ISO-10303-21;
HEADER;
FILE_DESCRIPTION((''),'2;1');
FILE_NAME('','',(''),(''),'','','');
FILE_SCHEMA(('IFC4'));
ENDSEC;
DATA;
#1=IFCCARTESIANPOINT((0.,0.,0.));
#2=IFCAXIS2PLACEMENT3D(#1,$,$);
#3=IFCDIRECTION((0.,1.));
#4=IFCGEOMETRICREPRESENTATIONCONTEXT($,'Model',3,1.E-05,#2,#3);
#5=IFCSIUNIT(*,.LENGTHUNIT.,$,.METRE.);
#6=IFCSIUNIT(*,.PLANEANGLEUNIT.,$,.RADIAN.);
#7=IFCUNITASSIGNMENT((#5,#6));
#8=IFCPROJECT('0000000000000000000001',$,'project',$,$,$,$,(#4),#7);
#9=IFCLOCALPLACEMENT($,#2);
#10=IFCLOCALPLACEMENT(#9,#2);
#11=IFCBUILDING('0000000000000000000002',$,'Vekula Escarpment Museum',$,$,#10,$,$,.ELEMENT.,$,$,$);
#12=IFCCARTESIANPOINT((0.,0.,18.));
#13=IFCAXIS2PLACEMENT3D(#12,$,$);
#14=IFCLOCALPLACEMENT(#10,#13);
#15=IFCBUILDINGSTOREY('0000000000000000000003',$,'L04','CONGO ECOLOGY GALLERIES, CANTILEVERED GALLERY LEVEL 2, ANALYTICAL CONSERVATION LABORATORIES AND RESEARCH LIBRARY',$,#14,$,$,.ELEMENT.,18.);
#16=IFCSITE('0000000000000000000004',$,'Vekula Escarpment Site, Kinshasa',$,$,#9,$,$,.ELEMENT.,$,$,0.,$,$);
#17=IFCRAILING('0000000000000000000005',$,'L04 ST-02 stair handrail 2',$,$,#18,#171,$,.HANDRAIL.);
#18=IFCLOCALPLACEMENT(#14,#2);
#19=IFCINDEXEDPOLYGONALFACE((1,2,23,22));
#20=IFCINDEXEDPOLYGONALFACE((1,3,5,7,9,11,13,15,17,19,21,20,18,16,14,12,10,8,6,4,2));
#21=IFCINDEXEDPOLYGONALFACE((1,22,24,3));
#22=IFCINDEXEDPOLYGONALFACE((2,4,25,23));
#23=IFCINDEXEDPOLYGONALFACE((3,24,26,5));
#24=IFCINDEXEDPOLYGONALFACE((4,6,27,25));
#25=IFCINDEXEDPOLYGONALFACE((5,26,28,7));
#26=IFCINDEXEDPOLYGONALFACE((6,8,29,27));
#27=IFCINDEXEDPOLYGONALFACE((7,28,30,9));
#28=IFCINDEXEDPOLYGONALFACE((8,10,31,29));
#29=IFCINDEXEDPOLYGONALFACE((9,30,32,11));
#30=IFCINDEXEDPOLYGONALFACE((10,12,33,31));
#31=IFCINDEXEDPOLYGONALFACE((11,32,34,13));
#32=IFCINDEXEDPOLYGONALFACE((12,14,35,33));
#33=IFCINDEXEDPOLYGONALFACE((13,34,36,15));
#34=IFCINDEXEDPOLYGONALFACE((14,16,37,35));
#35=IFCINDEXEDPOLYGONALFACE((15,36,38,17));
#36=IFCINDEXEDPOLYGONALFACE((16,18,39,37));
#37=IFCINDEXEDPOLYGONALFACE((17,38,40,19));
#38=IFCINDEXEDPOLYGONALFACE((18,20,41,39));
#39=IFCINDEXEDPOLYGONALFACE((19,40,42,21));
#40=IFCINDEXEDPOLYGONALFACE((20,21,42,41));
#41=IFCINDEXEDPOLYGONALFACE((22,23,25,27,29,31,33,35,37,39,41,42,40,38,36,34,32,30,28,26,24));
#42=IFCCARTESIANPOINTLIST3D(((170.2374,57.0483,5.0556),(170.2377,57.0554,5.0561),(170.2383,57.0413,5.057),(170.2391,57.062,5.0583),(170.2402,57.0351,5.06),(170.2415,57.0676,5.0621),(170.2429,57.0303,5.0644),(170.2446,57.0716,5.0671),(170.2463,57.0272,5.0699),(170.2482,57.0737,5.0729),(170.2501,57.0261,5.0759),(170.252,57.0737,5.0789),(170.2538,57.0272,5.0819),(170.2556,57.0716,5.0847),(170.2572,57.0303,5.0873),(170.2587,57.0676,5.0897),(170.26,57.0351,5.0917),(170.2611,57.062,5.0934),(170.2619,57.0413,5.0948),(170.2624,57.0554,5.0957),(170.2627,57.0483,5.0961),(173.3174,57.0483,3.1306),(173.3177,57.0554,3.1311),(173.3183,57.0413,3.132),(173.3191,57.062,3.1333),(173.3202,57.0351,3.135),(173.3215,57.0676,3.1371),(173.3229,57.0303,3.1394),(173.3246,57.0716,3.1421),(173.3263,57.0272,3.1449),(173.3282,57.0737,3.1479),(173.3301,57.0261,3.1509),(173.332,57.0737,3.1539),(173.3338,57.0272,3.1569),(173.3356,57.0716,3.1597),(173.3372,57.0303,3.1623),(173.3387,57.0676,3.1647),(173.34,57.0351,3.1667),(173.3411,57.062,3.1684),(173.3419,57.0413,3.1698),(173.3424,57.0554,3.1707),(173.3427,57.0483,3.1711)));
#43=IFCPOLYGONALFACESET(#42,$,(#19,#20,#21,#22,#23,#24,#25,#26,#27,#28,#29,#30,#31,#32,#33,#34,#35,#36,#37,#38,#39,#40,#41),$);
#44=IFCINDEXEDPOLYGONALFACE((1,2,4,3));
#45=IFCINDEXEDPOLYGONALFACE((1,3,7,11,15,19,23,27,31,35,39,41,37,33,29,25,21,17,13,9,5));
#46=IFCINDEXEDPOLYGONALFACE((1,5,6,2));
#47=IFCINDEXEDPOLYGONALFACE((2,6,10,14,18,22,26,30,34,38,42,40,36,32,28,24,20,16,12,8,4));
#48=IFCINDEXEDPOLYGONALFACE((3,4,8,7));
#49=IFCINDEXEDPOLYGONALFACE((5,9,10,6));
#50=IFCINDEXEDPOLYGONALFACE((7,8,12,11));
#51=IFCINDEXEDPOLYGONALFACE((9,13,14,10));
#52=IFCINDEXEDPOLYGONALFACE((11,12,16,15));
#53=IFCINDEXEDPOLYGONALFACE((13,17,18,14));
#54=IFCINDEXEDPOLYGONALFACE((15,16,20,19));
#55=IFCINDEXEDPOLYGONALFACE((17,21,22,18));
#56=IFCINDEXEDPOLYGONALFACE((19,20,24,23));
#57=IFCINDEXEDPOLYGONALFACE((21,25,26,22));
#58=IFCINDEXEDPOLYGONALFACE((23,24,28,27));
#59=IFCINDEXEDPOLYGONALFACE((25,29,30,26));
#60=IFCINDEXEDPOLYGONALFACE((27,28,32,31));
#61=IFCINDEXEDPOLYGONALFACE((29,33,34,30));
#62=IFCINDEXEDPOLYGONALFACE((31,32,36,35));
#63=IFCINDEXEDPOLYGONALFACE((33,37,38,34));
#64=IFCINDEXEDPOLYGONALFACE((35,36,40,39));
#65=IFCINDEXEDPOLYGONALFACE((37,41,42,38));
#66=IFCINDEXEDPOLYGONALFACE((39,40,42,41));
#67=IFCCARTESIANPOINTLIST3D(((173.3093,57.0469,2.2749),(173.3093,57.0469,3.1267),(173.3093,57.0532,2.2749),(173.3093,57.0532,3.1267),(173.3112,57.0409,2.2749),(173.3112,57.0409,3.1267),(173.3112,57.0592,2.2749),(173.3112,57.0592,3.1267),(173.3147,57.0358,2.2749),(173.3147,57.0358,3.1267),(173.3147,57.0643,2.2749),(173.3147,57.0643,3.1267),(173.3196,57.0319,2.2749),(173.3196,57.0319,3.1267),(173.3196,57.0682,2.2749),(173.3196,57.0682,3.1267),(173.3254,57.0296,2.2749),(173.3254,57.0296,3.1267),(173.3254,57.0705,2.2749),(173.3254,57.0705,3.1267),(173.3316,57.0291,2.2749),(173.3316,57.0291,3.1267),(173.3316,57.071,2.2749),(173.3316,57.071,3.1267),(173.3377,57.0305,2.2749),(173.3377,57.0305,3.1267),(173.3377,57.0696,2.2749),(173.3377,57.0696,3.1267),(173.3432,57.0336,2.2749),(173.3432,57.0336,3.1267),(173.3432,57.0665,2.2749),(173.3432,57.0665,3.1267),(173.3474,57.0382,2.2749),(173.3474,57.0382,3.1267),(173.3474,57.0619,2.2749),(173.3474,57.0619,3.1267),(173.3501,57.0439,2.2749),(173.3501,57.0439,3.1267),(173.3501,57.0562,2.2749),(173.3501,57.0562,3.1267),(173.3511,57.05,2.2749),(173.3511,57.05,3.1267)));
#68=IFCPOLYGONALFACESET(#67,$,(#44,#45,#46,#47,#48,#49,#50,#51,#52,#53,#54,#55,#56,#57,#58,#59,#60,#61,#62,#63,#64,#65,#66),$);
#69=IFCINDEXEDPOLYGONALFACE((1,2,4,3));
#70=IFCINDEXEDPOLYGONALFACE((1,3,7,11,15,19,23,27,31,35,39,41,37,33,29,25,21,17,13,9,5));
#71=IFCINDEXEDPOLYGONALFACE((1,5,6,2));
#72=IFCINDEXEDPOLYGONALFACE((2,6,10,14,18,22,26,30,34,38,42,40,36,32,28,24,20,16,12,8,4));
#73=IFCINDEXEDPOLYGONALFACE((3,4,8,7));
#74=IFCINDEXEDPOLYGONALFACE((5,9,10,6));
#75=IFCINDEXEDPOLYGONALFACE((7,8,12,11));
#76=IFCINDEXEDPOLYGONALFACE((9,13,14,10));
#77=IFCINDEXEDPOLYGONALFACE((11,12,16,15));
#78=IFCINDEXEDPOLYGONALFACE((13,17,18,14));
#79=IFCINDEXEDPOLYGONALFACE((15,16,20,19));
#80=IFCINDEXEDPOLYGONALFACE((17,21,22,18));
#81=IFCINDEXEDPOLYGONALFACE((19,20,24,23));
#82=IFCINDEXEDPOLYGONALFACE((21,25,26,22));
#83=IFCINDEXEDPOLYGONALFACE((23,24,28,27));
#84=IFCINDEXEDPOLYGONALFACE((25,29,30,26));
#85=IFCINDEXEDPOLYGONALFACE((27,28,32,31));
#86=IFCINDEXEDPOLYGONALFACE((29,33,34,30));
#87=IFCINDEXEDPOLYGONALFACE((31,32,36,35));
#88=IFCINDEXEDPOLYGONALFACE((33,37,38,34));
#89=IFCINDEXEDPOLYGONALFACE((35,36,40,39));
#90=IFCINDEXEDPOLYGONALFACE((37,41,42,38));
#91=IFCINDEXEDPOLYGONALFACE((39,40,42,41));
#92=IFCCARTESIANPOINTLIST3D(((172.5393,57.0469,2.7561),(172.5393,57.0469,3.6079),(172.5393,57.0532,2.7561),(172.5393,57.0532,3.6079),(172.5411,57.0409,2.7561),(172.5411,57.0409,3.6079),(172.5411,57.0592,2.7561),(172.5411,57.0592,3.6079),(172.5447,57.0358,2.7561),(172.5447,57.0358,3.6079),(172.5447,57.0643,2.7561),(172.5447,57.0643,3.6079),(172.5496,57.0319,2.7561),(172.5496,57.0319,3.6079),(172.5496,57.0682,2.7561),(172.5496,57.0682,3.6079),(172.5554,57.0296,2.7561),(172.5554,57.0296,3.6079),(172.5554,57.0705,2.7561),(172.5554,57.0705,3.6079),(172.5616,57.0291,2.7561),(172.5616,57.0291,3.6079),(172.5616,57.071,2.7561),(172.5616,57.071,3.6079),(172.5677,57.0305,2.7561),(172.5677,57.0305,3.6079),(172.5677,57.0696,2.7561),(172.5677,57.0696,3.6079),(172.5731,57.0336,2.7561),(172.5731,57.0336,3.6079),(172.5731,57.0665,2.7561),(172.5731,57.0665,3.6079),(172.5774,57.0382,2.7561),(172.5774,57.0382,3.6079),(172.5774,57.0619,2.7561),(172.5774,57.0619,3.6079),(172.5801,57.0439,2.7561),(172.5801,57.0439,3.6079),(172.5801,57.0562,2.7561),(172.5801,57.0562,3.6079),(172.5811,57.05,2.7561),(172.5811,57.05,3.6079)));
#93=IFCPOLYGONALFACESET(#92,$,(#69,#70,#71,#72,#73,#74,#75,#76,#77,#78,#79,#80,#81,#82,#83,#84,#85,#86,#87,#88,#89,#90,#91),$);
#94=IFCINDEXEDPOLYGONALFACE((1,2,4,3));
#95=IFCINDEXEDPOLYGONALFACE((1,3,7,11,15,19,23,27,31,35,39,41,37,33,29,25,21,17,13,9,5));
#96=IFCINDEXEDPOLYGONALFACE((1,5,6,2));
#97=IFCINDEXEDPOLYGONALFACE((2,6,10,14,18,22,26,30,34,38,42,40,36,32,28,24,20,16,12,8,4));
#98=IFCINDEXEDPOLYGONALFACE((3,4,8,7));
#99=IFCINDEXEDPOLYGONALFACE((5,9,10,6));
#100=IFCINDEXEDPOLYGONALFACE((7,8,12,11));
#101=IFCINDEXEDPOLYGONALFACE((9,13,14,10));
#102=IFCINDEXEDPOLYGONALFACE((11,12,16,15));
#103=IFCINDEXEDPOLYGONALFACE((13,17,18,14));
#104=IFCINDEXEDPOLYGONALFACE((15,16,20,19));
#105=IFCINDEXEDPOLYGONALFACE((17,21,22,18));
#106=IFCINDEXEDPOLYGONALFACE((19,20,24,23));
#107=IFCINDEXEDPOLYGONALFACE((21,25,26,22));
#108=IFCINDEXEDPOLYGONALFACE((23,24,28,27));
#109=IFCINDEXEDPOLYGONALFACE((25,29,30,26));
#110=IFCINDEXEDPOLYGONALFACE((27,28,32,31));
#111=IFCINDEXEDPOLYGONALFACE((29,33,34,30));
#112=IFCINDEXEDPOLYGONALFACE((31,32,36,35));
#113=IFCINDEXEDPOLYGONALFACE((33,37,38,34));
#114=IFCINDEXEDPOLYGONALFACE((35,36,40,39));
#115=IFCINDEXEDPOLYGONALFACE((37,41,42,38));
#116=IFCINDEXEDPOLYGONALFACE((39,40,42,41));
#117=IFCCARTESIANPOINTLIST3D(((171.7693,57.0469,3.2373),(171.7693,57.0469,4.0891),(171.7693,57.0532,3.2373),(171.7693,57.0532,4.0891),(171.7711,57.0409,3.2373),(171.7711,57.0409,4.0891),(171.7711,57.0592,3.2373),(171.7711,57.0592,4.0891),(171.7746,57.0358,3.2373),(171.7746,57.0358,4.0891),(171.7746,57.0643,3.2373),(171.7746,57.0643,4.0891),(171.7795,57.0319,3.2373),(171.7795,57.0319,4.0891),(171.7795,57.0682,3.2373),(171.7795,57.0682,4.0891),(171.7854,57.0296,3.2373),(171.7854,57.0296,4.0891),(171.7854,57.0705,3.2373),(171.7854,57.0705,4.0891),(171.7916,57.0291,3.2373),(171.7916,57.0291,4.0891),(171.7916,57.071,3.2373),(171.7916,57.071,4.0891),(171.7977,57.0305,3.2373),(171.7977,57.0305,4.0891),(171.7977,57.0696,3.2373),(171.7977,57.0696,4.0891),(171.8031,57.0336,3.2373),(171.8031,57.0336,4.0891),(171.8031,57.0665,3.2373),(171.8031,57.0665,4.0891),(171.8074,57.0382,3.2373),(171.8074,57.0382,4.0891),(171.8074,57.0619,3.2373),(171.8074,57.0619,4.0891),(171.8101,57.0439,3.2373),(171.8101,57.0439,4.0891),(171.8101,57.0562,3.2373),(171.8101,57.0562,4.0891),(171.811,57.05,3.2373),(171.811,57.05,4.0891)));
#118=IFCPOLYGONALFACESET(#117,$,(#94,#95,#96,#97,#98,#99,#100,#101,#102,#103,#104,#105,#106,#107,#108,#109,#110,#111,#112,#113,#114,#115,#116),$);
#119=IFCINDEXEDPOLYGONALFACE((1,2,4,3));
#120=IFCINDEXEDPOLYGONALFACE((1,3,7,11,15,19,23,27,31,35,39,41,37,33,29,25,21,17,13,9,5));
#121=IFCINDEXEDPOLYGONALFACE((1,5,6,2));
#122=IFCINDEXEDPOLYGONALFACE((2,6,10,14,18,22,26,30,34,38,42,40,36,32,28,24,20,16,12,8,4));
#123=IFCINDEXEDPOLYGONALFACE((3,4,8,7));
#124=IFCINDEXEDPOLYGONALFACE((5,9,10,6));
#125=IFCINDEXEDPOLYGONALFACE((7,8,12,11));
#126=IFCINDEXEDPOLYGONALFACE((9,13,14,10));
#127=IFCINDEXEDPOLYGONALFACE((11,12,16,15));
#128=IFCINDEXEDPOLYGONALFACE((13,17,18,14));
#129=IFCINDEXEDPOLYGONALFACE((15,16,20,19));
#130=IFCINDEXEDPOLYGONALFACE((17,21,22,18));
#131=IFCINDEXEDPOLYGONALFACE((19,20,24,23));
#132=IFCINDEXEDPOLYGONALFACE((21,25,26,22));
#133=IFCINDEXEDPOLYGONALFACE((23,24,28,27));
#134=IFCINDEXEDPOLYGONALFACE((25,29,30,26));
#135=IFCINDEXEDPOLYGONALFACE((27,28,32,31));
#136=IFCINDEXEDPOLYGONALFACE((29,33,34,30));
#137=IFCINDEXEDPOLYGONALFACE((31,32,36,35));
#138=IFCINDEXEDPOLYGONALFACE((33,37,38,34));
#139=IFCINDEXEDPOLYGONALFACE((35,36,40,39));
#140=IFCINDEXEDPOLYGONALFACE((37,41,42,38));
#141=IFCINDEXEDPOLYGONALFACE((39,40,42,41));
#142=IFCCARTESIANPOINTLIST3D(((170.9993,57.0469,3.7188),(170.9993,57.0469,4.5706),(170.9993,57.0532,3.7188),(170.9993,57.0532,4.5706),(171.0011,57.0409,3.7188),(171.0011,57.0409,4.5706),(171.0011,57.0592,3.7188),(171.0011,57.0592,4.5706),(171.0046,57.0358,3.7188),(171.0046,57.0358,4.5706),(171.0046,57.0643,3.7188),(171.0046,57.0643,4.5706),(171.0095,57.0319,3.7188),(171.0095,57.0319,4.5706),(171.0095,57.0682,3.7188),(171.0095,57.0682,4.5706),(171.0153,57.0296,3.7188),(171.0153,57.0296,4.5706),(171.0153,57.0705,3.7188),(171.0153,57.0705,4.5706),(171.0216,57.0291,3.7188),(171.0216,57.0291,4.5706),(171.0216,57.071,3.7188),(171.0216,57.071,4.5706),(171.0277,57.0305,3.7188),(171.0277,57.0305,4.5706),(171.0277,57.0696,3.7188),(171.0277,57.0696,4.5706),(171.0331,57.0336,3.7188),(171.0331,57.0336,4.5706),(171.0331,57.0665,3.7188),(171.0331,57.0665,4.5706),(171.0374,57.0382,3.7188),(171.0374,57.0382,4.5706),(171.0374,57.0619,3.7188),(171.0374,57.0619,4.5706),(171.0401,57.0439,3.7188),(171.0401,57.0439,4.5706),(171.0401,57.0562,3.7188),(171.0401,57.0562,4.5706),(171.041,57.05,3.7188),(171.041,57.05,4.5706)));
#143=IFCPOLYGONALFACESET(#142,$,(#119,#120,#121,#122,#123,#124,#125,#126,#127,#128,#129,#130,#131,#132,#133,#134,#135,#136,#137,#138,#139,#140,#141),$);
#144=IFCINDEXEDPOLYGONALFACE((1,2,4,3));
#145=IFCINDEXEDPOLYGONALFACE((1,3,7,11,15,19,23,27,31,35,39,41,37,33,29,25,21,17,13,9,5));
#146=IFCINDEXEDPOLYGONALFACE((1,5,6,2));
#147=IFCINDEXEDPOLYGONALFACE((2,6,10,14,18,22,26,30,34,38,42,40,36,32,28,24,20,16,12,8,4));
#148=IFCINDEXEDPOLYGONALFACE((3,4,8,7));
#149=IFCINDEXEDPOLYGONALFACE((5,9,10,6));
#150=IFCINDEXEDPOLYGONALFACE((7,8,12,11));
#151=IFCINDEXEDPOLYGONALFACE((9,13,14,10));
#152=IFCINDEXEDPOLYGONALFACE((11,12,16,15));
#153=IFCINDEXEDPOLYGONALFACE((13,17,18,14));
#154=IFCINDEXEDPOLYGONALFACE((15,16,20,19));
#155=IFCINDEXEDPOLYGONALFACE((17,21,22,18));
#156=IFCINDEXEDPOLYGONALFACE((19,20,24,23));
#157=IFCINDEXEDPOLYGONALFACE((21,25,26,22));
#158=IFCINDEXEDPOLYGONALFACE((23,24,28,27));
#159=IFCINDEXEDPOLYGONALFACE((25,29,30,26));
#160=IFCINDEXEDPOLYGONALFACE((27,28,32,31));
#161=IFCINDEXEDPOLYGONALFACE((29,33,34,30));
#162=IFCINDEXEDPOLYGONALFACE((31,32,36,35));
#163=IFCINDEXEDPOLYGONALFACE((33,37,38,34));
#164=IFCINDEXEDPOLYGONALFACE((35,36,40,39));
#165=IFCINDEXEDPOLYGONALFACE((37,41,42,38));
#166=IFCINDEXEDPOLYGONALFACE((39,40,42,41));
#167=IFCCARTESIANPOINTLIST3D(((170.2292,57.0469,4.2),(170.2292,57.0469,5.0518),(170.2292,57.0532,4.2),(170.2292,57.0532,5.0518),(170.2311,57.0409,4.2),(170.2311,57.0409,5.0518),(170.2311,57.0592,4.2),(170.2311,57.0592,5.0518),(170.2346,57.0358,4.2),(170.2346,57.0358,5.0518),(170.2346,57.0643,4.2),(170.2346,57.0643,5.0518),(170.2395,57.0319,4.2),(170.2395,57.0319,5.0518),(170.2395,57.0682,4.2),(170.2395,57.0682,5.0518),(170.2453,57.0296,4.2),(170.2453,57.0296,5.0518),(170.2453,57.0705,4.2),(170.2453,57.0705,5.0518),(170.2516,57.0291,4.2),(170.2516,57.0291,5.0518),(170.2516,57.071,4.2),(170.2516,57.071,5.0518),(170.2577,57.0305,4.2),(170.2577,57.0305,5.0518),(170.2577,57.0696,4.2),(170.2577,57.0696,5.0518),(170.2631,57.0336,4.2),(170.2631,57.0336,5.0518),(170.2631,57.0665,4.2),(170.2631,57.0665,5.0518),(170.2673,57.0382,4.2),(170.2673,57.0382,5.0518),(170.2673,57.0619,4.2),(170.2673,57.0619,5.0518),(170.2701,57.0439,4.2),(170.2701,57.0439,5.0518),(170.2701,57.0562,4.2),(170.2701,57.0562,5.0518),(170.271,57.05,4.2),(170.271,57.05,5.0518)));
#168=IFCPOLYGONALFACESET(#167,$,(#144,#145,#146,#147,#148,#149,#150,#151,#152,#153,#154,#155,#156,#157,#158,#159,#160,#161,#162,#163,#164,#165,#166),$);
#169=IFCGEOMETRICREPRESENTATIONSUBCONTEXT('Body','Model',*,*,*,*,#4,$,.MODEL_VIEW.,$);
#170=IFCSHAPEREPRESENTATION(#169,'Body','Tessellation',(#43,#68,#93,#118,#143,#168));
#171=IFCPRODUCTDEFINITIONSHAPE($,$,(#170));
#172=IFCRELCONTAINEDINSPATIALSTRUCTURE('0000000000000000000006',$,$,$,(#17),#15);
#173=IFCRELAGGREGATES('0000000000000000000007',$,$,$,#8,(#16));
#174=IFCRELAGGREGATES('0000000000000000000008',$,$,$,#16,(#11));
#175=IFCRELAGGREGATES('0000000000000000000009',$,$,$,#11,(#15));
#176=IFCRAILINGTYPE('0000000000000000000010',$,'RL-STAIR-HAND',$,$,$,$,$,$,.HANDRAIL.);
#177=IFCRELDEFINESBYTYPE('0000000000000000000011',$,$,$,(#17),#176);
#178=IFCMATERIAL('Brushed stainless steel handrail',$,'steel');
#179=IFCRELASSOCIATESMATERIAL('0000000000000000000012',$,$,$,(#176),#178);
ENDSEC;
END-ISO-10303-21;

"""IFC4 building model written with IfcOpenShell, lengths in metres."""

from ifc_helpers import new_model, si_unit, direction, frame, origin, origin_2d, place, context, subcontext, project, spatial, circle, extrude, material, type_object, element, save


model = new_model("IFC4")

# Units and contexts
model_context = context("Model", 3, precision=1e-05, world=origin(), true_north=direction((0.0, 1.0)))
body_context = subcontext(model_context, "Body", "Model", "MODEL_VIEW")
ifc_project = project(units=[si_unit("LENGTHUNIT", "METRE"), si_unit("PLANEANGLEUNIT", "RADIAN")], contexts=[model_context])

# Site, building, storey
site_placement = place(None, origin())
site = spatial("IfcSite", under=ifc_project, at=site_placement, Name="Vekula Escarpment Site, Kinshasa", CompositionType="ELEMENT", RefElevation=0.0)
building_placement = place(site_placement, origin())
building = spatial("IfcBuilding", under=site, at=building_placement, Name="Vekula Escarpment Museum", CompositionType="ELEMENT")
storey_placement = place(building_placement, frame((0.0, 0.0, 18.0)))
storey = spatial("IfcBuildingStorey", under=building, at=storey_placement, Name="L04", Description="CONGO ECOLOGY GALLERIES, CANTILEVERED GALLERY LEVEL 2, ANALYTICAL CONSERVATION LABORATORIES AND RESEARCH LIBRARY", CompositionType="ELEMENT", Elevation=18.0)

# Railing
ifc_material_1 = material(Name="Brushed stainless steel handrail", Category="steel")
railing_type_1 = type_object("IfcRailingType", Name="RL-STAIR-HAND", PredefinedType="HANDRAIL", material=ifc_material_1)
railing_1_placement = place(storey_placement, frame((173.3301, 57.05, 2.2749)))
element("IfcRailing", 1, at=railing_1_placement, inside=storey, type_object=railing_type_1, Name="L04 ST-02 stair handrail 2", PredefinedType="HANDRAIL", context=body_context, shape_type="SweptSolid", body=[
    extrude(circle(Radius=0.0239, at=origin_2d()), frame((0.0, 0.0, 0.876), z_axis=(-0.847998, 0.0, 0.529999), x_axis=(0.0, -1.0, 0.0)), (0.0, 0.0, 1.0), 3.6321),
    extrude(circle(Radius=0.021, at=origin_2d()), origin(), (0.0, 0.0, 1.0), 0.8518),
    extrude(circle(Radius=0.021, at=origin_2d()), frame((-0.77, 0.0, 0.4812)), (0.0, 0.0, 1.0), 0.8518),
    extrude(circle(Radius=0.021, at=origin_2d()), frame((-1.54, 0.0, 0.9624)), (0.0, 0.0, 1.0), 0.8518),
    extrude(circle(Radius=0.021, at=origin_2d()), frame((-2.3101, 0.0, 1.4438)), (0.0, 0.0, 1.0), 0.8518),
    extrude(circle(Radius=0.021, at=origin_2d()), frame((-3.0801, 0.0, 1.925)), (0.0, 0.0, 1.0), 0.8518),
])

save(model, "model.ifc")
